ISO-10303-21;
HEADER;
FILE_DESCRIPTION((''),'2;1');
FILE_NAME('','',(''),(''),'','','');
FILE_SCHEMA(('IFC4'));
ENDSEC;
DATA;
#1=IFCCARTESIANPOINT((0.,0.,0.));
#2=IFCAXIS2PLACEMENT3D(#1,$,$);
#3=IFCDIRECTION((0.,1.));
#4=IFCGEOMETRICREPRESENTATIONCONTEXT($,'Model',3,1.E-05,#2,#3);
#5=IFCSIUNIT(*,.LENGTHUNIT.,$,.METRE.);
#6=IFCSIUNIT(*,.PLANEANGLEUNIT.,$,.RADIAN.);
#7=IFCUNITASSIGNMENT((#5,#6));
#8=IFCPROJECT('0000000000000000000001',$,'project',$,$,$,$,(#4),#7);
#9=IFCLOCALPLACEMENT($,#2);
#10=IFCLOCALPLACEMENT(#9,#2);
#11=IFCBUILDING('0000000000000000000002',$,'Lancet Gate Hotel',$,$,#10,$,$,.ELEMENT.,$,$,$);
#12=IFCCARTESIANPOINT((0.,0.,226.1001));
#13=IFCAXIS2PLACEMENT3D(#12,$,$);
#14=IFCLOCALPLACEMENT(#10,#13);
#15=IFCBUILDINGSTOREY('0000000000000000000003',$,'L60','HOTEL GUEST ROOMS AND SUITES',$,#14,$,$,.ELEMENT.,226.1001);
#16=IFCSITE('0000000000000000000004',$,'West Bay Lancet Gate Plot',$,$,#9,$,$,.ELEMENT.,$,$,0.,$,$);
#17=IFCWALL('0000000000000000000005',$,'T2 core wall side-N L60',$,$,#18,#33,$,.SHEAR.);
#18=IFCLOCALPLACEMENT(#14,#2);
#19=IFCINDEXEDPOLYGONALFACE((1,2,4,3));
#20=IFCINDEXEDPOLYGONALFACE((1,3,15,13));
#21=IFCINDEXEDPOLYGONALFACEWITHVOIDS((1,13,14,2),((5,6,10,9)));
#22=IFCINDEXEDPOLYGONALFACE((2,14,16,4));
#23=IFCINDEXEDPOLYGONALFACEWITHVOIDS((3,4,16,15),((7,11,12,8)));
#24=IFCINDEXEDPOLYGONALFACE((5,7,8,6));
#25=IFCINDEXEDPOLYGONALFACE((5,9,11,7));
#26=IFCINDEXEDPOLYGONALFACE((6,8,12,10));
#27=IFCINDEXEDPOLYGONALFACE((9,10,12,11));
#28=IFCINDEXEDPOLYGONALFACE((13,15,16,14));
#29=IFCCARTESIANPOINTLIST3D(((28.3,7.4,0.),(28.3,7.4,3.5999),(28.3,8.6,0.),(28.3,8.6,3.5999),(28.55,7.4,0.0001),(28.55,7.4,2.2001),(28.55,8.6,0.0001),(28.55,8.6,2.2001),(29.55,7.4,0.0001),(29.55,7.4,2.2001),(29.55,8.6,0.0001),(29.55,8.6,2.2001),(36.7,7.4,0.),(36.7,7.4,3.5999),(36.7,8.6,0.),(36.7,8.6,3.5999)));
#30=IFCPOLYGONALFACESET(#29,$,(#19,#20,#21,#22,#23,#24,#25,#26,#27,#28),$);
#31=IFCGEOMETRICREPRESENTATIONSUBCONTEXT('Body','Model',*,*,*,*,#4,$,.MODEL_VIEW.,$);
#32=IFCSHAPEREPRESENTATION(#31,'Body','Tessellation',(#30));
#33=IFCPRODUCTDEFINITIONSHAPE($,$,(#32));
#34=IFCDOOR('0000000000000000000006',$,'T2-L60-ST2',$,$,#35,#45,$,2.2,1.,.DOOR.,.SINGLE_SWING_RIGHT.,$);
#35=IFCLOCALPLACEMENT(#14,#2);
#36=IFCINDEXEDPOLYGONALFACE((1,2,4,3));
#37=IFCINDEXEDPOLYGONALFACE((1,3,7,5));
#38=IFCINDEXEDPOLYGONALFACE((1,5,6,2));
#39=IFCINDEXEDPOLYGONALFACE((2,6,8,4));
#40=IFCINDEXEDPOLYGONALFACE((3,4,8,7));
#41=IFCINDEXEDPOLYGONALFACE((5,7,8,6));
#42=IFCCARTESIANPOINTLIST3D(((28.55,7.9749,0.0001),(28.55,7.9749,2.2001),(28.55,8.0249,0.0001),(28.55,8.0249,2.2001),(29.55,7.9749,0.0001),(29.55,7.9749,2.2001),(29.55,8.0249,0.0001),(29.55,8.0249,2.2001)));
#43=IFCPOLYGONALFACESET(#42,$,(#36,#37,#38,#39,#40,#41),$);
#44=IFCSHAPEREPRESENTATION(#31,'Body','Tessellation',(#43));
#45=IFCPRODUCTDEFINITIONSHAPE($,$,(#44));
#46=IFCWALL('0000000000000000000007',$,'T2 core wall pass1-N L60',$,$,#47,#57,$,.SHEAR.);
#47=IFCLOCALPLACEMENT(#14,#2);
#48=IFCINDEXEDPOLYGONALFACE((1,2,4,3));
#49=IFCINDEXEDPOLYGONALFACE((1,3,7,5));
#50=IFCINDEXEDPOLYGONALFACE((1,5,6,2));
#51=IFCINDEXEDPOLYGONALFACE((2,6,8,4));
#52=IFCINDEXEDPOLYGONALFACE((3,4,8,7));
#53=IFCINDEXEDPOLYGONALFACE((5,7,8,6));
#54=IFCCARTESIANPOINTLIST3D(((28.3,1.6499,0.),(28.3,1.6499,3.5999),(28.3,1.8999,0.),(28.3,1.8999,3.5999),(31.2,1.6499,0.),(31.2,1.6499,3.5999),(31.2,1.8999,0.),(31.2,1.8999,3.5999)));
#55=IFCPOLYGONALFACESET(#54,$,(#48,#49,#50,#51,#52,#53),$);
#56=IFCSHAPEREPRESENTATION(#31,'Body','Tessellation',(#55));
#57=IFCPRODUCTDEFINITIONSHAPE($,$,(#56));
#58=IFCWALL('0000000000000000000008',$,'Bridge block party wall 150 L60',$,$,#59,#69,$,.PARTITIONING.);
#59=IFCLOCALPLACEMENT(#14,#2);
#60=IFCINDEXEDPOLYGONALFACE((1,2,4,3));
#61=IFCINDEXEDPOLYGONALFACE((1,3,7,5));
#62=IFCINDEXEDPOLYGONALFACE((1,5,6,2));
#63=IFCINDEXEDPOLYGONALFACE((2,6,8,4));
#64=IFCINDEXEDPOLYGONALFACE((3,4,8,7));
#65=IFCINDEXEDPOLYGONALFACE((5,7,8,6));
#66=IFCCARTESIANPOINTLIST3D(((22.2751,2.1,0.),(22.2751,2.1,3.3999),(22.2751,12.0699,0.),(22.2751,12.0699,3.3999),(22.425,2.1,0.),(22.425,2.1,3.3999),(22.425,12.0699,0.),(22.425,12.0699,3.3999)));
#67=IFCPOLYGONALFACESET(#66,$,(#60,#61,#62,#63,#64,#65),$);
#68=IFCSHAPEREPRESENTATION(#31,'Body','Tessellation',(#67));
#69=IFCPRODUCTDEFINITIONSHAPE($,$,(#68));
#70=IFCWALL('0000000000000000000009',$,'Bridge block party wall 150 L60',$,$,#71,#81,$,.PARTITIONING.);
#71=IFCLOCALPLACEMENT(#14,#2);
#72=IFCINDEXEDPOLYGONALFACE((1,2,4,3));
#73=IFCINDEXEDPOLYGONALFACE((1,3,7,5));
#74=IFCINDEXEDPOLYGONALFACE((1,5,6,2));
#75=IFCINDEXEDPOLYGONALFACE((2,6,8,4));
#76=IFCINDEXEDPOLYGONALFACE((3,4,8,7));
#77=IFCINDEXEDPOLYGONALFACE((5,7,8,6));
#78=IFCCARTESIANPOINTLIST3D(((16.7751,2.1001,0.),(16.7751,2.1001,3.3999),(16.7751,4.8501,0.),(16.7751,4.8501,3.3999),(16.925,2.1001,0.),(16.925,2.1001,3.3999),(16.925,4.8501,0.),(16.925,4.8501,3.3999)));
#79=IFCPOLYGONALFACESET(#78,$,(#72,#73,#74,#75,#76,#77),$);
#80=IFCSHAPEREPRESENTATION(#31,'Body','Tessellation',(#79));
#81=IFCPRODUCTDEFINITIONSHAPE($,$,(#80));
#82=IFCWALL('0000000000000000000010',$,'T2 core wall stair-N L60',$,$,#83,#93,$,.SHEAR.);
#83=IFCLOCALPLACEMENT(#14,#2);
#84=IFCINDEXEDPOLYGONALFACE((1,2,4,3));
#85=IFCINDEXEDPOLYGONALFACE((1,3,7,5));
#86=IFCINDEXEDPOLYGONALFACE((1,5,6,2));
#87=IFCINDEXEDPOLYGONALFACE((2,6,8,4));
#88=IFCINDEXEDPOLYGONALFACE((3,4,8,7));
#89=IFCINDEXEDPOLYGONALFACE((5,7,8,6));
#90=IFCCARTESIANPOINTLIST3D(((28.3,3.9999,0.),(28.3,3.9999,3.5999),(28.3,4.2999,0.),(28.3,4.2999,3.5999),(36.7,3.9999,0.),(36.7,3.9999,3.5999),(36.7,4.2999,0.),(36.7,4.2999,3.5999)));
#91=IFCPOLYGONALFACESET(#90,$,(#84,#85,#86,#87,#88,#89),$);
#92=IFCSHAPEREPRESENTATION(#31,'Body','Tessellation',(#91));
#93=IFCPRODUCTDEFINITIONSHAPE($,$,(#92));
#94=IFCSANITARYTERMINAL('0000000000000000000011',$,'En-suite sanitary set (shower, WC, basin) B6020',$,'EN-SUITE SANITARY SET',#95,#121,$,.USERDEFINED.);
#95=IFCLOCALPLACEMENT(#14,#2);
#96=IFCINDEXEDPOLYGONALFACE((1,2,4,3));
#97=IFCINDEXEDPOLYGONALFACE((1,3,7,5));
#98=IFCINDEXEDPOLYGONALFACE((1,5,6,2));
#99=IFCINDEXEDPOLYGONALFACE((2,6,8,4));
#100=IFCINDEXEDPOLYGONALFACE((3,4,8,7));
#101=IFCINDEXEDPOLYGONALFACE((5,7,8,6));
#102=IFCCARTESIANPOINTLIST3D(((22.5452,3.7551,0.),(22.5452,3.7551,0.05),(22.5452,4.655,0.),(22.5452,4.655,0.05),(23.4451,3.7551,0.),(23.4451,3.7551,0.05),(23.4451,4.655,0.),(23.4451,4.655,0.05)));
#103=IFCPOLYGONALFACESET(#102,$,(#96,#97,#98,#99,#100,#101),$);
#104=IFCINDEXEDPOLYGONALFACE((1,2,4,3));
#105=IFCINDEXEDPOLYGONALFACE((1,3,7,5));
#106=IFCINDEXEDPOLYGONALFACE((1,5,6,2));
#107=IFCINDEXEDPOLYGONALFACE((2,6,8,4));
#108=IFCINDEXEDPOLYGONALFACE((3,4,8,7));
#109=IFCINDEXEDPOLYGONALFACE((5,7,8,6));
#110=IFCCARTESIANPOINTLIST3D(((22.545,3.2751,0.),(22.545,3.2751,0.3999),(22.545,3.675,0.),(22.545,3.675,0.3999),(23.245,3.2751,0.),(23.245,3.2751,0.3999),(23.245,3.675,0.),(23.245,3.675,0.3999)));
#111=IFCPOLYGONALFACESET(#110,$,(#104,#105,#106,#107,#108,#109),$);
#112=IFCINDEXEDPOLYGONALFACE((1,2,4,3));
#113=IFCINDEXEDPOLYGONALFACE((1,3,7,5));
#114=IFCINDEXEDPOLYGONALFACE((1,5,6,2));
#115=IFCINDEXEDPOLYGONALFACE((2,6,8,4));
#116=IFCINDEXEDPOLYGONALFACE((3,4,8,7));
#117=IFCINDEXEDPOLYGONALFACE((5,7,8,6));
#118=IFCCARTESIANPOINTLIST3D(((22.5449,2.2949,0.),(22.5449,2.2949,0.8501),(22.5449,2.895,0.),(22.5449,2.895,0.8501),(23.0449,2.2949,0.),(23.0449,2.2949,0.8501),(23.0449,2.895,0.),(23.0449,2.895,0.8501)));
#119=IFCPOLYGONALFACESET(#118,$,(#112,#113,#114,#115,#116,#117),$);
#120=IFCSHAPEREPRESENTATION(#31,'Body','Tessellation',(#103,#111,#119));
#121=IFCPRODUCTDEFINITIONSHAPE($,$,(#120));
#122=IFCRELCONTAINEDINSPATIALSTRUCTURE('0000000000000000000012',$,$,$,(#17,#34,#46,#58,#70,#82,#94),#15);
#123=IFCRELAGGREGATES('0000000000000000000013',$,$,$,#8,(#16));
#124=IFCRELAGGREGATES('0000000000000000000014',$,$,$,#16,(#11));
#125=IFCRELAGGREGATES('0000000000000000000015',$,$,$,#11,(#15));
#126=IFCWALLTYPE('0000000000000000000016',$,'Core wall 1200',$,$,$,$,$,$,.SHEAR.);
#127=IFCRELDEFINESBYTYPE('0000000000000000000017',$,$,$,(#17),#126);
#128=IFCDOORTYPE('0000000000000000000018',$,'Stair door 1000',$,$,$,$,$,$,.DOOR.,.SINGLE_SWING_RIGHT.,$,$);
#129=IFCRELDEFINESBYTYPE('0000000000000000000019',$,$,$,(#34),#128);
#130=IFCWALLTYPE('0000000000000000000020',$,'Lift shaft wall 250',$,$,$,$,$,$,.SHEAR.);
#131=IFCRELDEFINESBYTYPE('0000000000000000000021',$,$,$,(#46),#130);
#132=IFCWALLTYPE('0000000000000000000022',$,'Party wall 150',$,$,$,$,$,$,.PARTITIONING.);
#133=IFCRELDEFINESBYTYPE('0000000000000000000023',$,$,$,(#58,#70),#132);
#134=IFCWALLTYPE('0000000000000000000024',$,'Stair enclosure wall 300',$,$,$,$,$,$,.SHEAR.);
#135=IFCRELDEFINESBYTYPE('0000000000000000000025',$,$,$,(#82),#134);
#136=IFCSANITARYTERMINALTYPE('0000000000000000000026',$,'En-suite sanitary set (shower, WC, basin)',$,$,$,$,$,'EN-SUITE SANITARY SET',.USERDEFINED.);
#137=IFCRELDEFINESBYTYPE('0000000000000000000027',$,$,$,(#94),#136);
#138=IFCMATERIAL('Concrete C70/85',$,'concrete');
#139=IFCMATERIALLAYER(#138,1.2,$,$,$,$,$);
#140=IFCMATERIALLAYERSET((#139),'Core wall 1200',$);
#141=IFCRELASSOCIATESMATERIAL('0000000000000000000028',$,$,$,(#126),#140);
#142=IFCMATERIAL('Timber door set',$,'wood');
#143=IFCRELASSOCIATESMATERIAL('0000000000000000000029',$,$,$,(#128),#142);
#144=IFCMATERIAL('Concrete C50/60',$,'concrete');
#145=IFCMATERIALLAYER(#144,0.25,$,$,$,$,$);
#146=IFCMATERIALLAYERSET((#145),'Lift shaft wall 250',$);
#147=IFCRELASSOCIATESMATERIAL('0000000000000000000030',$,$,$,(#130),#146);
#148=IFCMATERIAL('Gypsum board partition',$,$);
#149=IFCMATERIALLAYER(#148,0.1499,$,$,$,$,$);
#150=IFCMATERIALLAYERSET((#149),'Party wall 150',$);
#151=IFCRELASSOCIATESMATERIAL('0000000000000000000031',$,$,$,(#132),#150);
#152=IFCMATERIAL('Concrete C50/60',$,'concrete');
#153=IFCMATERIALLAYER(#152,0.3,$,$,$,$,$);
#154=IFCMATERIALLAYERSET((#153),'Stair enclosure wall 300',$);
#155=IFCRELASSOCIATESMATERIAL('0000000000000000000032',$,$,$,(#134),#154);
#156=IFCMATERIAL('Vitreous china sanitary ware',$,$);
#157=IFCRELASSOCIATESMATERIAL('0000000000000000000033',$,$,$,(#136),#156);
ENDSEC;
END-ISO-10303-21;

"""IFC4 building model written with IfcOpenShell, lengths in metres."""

from ifc_helpers import new_model, si_unit, direction, frame, frame_2d, origin, origin_2d, place, context, subcontext, project, spatial, rectangle, extrude, material, layer, layer_set, type_object, element, fill, save


model = new_model("IFC4")

# Units and contexts
model_context = context("Model", 3, precision=1e-05, world=origin(), true_north=direction((0.0, 1.0)))
body_context = subcontext(model_context, "Body", "Model", "MODEL_VIEW")
ifc_project = project(units=[si_unit("LENGTHUNIT", "METRE"), si_unit("PLANEANGLEUNIT", "RADIAN")], contexts=[model_context])

# Site, building, storey
site_placement = place(None, origin())
site = spatial("IfcSite", under=ifc_project, at=site_placement, Name="West Bay Lancet Gate Plot", CompositionType="ELEMENT", RefElevation=0.0)
building_placement = place(site_placement, origin())
building = spatial("IfcBuilding", under=site, at=building_placement, Name="Lancet Gate Hotel", CompositionType="ELEMENT")
storey_placement = place(building_placement, frame((0.0, 0.0, 226.1001)))
storey = spatial("IfcBuildingStorey", under=building, at=storey_placement, Name="L60", Description="HOTEL GUEST ROOMS AND SUITES", CompositionType="ELEMENT", Elevation=226.1001)

# Wall, opening, door
ifc_material_1 = material(Name="Concrete C70/85", Category="concrete")
ifc_layer_1 = layer(ifc_material_1, 1.2)
ifc_layer_set_1 = layer_set([ifc_layer_1], Name="Core wall 1200")
wall_type_1 = type_object("IfcWallType", Name="Core wall 1200", PredefinedType="SHEAR", material=ifc_layer_set_1)
wall_1_placement = place(storey_placement, frame((28.3, 8.0, 0.0), z_axis=(0.0, 0.0, 1.0), x_axis=(1.0, 0.0, 0.0)))
wall_1 = element("IfcWall", 1, at=wall_1_placement, inside=storey, type_object=wall_type_1, Name="T2 core wall side-N L60", PredefinedType="SHEAR", context=body_context, shape_type="SweptSolid", body=[
    extrude(rectangle(XDim=8.3999, YDim=1.2, at=frame_2d((4.2, 0.0))), origin(), (0.0, 0.0, 1.0), 3.5999),
])
opening_1_placement = place(wall_1_placement, frame((0.25, 0.0, 0.0)))
opening_1 = element("IfcOpeningElement", 2, at=opening_1_placement, cuts=wall_1, PredefinedType="OPENING", context=body_context, shape_type="SweptSolid", body=[
    extrude(rectangle(XDim=1.0, YDim=2.2, at=frame_2d((0.5, 1.1001))), frame((0.0, 0.6099, 0.0), z_axis=(0.0, -1.0, 0.0), x_axis=(1.0, 0.0, 0.0)), (0.0, 0.0, 1.0), 1.22),
])
ifc_material_2 = material(Name="Timber door set", Category="wood")
door_type_1 = type_object("IfcDoorType", Name="Stair door 1000", OperationType="SINGLE_SWING_RIGHT", PredefinedType="DOOR", material=ifc_material_2)
door_1_placement = place(opening_1_placement, origin())
door_1 = element("IfcDoor", 3, at=door_1_placement, inside=storey, type_object=door_type_1, Name="T2-L60-ST2", OperationType="SINGLE_SWING_RIGHT", OverallHeight=2.2, OverallWidth=1.0, PredefinedType="DOOR", context=body_context, shape_type="SweptSolid", body=[
    extrude(rectangle(XDim=1.0, YDim=2.2, at=frame_2d((0.5, 1.1001))), frame((0.0, 0.0249, 0.0), z_axis=(0.0, -1.0, 0.0), x_axis=(1.0, 0.0, 0.0)), (0.0, 0.0, 1.0), 0.05),
])
fill(opening_1, door_1)

# Walls
ifc_material_3 = material(Name="Concrete C50/60", Category="concrete")
ifc_layer_2 = layer(ifc_material_3, 0.25)
ifc_layer_set_2 = layer_set([ifc_layer_2], Name="Lift shaft wall 250")
wall_type_2 = type_object("IfcWallType", Name="Lift shaft wall 250", PredefinedType="SHEAR", material=ifc_layer_set_2)
wall_2_placement = place(storey_placement, frame((28.3, 1.7749, 0.0), z_axis=(0.0, 0.0, 1.0), x_axis=(1.0, 0.0, 0.0)))
element("IfcWall", 4, at=wall_2_placement, inside=storey, type_object=wall_type_2, Name="T2 core wall pass1-N L60", PredefinedType="SHEAR", context=body_context, shape_type="SweptSolid", body=[
    extrude(rectangle(XDim=2.8999, YDim=0.25, at=frame_2d((1.45, 0.0))), origin(), (0.0, 0.0, 1.0), 3.5999),
])
ifc_material_4 = material(Name="Gypsum board partition")
ifc_layer_3 = layer(ifc_material_4, 0.1499)
ifc_layer_set_3 = layer_set([ifc_layer_3], Name="Party wall 150")
wall_type_3 = type_object("IfcWallType", Name="Party wall 150", PredefinedType="PARTITIONING", material=ifc_layer_set_3)
wall_3_placement = place(storey_placement, frame((22.3501, 2.1001, 0.0), z_axis=(0.0, 0.0, 1.0), x_axis=(0.0, 1.0, 0.0)))
element("IfcWall", 5, at=wall_3_placement, inside=storey, type_object=wall_type_3, Name="Bridge block party wall 150 L60", PredefinedType="PARTITIONING", context=body_context, shape_type="SweptSolid", body=[
    extrude(rectangle(XDim=9.97, YDim=0.1499, at=frame_2d((4.9849, 0.0))), origin(), (0.0, 0.0, 1.0), 3.3999),
])
wall_4_placement = place(storey_placement, frame((16.8501, 2.1001, 0.0), z_axis=(0.0, 0.0, 1.0), x_axis=(0.0, 1.0, 0.0)))
element("IfcWall", 6, at=wall_4_placement, inside=storey, type_object=wall_type_3, Name="Bridge block party wall 150 L60", PredefinedType="PARTITIONING", context=body_context, shape_type="SweptSolid", body=[
    extrude(rectangle(XDim=2.75, YDim=0.1499, at=frame_2d((1.375, 0.0))), origin(), (0.0, 0.0, 1.0), 3.3999),
])
ifc_material_5 = material(Name="Concrete C50/60", Category="concrete")
ifc_layer_4 = layer(ifc_material_5, 0.3)
ifc_layer_set_4 = layer_set([ifc_layer_4], Name="Stair enclosure wall 300")
wall_type_4 = type_object("IfcWallType", Name="Stair enclosure wall 300", PredefinedType="SHEAR", material=ifc_layer_set_4)
wall_5_placement = place(storey_placement, frame((28.3, 4.1499, 0.0), z_axis=(0.0, 0.0, 1.0), x_axis=(1.0, 0.0, 0.0)))
element("IfcWall", 7, at=wall_5_placement, inside=storey, type_object=wall_type_4, Name="T2 core wall stair-N L60", PredefinedType="SHEAR", context=body_context, shape_type="SweptSolid", body=[
    extrude(rectangle(XDim=8.3999, YDim=0.3, at=frame_2d((4.2, 0.0))), origin(), (0.0, 0.0, 1.0), 3.5999),
])

# Sanitary terminal
ifc_material_6 = material(Name="Vitreous china sanitary ware")
sanitary_terminal_type = type_object("IfcSanitaryTerminalType", Name="En-suite sanitary set (shower, WC, basin)", ElementType="EN-SUITE SANITARY SET", PredefinedType="USERDEFINED", material=ifc_material_6)
sanitary_terminal_placement = place(storey_placement, frame((22.9951, 4.2051, 0.0), z_axis=(0.0, 0.0, 1.0), x_axis=(1.0, 0.0, 0.0)))
element("IfcSanitaryTerminal", 8, at=sanitary_terminal_placement, inside=storey, type_object=sanitary_terminal_type, Name="En-suite sanitary set (shower, WC, basin) B6020", ObjectType="EN-SUITE SANITARY SET", PredefinedType="USERDEFINED", context=body_context, shape_type="SweptSolid", body=[
    extrude(rectangle(XDim=0.8999, YDim=0.8999, at=origin_2d()), frame((0.0, 0.0, 0.0), z_axis=(0.0, 0.0, 1.0), x_axis=(0.0, 1.0, 0.0)), (0.0, 0.0, 1.0), 0.05),
    extrude(rectangle(XDim=0.3999, YDim=0.7, at=origin_2d()), frame((-0.1001, -0.73, 0.0), z_axis=(0.0, 0.0, 1.0), x_axis=(0.0, 1.0, 0.0)), (0.0, 0.0, 1.0), 0.3999),
    extrude(rectangle(XDim=0.6001, YDim=0.5, at=origin_2d()), frame((-0.2002, -1.6101, 0.0), z_axis=(0.0, 0.0, 1.0), x_axis=(0.0, 1.0, 0.0)), (0.0, 0.0, 1.0), 0.8501),
])

save(model, "model.ifc")
